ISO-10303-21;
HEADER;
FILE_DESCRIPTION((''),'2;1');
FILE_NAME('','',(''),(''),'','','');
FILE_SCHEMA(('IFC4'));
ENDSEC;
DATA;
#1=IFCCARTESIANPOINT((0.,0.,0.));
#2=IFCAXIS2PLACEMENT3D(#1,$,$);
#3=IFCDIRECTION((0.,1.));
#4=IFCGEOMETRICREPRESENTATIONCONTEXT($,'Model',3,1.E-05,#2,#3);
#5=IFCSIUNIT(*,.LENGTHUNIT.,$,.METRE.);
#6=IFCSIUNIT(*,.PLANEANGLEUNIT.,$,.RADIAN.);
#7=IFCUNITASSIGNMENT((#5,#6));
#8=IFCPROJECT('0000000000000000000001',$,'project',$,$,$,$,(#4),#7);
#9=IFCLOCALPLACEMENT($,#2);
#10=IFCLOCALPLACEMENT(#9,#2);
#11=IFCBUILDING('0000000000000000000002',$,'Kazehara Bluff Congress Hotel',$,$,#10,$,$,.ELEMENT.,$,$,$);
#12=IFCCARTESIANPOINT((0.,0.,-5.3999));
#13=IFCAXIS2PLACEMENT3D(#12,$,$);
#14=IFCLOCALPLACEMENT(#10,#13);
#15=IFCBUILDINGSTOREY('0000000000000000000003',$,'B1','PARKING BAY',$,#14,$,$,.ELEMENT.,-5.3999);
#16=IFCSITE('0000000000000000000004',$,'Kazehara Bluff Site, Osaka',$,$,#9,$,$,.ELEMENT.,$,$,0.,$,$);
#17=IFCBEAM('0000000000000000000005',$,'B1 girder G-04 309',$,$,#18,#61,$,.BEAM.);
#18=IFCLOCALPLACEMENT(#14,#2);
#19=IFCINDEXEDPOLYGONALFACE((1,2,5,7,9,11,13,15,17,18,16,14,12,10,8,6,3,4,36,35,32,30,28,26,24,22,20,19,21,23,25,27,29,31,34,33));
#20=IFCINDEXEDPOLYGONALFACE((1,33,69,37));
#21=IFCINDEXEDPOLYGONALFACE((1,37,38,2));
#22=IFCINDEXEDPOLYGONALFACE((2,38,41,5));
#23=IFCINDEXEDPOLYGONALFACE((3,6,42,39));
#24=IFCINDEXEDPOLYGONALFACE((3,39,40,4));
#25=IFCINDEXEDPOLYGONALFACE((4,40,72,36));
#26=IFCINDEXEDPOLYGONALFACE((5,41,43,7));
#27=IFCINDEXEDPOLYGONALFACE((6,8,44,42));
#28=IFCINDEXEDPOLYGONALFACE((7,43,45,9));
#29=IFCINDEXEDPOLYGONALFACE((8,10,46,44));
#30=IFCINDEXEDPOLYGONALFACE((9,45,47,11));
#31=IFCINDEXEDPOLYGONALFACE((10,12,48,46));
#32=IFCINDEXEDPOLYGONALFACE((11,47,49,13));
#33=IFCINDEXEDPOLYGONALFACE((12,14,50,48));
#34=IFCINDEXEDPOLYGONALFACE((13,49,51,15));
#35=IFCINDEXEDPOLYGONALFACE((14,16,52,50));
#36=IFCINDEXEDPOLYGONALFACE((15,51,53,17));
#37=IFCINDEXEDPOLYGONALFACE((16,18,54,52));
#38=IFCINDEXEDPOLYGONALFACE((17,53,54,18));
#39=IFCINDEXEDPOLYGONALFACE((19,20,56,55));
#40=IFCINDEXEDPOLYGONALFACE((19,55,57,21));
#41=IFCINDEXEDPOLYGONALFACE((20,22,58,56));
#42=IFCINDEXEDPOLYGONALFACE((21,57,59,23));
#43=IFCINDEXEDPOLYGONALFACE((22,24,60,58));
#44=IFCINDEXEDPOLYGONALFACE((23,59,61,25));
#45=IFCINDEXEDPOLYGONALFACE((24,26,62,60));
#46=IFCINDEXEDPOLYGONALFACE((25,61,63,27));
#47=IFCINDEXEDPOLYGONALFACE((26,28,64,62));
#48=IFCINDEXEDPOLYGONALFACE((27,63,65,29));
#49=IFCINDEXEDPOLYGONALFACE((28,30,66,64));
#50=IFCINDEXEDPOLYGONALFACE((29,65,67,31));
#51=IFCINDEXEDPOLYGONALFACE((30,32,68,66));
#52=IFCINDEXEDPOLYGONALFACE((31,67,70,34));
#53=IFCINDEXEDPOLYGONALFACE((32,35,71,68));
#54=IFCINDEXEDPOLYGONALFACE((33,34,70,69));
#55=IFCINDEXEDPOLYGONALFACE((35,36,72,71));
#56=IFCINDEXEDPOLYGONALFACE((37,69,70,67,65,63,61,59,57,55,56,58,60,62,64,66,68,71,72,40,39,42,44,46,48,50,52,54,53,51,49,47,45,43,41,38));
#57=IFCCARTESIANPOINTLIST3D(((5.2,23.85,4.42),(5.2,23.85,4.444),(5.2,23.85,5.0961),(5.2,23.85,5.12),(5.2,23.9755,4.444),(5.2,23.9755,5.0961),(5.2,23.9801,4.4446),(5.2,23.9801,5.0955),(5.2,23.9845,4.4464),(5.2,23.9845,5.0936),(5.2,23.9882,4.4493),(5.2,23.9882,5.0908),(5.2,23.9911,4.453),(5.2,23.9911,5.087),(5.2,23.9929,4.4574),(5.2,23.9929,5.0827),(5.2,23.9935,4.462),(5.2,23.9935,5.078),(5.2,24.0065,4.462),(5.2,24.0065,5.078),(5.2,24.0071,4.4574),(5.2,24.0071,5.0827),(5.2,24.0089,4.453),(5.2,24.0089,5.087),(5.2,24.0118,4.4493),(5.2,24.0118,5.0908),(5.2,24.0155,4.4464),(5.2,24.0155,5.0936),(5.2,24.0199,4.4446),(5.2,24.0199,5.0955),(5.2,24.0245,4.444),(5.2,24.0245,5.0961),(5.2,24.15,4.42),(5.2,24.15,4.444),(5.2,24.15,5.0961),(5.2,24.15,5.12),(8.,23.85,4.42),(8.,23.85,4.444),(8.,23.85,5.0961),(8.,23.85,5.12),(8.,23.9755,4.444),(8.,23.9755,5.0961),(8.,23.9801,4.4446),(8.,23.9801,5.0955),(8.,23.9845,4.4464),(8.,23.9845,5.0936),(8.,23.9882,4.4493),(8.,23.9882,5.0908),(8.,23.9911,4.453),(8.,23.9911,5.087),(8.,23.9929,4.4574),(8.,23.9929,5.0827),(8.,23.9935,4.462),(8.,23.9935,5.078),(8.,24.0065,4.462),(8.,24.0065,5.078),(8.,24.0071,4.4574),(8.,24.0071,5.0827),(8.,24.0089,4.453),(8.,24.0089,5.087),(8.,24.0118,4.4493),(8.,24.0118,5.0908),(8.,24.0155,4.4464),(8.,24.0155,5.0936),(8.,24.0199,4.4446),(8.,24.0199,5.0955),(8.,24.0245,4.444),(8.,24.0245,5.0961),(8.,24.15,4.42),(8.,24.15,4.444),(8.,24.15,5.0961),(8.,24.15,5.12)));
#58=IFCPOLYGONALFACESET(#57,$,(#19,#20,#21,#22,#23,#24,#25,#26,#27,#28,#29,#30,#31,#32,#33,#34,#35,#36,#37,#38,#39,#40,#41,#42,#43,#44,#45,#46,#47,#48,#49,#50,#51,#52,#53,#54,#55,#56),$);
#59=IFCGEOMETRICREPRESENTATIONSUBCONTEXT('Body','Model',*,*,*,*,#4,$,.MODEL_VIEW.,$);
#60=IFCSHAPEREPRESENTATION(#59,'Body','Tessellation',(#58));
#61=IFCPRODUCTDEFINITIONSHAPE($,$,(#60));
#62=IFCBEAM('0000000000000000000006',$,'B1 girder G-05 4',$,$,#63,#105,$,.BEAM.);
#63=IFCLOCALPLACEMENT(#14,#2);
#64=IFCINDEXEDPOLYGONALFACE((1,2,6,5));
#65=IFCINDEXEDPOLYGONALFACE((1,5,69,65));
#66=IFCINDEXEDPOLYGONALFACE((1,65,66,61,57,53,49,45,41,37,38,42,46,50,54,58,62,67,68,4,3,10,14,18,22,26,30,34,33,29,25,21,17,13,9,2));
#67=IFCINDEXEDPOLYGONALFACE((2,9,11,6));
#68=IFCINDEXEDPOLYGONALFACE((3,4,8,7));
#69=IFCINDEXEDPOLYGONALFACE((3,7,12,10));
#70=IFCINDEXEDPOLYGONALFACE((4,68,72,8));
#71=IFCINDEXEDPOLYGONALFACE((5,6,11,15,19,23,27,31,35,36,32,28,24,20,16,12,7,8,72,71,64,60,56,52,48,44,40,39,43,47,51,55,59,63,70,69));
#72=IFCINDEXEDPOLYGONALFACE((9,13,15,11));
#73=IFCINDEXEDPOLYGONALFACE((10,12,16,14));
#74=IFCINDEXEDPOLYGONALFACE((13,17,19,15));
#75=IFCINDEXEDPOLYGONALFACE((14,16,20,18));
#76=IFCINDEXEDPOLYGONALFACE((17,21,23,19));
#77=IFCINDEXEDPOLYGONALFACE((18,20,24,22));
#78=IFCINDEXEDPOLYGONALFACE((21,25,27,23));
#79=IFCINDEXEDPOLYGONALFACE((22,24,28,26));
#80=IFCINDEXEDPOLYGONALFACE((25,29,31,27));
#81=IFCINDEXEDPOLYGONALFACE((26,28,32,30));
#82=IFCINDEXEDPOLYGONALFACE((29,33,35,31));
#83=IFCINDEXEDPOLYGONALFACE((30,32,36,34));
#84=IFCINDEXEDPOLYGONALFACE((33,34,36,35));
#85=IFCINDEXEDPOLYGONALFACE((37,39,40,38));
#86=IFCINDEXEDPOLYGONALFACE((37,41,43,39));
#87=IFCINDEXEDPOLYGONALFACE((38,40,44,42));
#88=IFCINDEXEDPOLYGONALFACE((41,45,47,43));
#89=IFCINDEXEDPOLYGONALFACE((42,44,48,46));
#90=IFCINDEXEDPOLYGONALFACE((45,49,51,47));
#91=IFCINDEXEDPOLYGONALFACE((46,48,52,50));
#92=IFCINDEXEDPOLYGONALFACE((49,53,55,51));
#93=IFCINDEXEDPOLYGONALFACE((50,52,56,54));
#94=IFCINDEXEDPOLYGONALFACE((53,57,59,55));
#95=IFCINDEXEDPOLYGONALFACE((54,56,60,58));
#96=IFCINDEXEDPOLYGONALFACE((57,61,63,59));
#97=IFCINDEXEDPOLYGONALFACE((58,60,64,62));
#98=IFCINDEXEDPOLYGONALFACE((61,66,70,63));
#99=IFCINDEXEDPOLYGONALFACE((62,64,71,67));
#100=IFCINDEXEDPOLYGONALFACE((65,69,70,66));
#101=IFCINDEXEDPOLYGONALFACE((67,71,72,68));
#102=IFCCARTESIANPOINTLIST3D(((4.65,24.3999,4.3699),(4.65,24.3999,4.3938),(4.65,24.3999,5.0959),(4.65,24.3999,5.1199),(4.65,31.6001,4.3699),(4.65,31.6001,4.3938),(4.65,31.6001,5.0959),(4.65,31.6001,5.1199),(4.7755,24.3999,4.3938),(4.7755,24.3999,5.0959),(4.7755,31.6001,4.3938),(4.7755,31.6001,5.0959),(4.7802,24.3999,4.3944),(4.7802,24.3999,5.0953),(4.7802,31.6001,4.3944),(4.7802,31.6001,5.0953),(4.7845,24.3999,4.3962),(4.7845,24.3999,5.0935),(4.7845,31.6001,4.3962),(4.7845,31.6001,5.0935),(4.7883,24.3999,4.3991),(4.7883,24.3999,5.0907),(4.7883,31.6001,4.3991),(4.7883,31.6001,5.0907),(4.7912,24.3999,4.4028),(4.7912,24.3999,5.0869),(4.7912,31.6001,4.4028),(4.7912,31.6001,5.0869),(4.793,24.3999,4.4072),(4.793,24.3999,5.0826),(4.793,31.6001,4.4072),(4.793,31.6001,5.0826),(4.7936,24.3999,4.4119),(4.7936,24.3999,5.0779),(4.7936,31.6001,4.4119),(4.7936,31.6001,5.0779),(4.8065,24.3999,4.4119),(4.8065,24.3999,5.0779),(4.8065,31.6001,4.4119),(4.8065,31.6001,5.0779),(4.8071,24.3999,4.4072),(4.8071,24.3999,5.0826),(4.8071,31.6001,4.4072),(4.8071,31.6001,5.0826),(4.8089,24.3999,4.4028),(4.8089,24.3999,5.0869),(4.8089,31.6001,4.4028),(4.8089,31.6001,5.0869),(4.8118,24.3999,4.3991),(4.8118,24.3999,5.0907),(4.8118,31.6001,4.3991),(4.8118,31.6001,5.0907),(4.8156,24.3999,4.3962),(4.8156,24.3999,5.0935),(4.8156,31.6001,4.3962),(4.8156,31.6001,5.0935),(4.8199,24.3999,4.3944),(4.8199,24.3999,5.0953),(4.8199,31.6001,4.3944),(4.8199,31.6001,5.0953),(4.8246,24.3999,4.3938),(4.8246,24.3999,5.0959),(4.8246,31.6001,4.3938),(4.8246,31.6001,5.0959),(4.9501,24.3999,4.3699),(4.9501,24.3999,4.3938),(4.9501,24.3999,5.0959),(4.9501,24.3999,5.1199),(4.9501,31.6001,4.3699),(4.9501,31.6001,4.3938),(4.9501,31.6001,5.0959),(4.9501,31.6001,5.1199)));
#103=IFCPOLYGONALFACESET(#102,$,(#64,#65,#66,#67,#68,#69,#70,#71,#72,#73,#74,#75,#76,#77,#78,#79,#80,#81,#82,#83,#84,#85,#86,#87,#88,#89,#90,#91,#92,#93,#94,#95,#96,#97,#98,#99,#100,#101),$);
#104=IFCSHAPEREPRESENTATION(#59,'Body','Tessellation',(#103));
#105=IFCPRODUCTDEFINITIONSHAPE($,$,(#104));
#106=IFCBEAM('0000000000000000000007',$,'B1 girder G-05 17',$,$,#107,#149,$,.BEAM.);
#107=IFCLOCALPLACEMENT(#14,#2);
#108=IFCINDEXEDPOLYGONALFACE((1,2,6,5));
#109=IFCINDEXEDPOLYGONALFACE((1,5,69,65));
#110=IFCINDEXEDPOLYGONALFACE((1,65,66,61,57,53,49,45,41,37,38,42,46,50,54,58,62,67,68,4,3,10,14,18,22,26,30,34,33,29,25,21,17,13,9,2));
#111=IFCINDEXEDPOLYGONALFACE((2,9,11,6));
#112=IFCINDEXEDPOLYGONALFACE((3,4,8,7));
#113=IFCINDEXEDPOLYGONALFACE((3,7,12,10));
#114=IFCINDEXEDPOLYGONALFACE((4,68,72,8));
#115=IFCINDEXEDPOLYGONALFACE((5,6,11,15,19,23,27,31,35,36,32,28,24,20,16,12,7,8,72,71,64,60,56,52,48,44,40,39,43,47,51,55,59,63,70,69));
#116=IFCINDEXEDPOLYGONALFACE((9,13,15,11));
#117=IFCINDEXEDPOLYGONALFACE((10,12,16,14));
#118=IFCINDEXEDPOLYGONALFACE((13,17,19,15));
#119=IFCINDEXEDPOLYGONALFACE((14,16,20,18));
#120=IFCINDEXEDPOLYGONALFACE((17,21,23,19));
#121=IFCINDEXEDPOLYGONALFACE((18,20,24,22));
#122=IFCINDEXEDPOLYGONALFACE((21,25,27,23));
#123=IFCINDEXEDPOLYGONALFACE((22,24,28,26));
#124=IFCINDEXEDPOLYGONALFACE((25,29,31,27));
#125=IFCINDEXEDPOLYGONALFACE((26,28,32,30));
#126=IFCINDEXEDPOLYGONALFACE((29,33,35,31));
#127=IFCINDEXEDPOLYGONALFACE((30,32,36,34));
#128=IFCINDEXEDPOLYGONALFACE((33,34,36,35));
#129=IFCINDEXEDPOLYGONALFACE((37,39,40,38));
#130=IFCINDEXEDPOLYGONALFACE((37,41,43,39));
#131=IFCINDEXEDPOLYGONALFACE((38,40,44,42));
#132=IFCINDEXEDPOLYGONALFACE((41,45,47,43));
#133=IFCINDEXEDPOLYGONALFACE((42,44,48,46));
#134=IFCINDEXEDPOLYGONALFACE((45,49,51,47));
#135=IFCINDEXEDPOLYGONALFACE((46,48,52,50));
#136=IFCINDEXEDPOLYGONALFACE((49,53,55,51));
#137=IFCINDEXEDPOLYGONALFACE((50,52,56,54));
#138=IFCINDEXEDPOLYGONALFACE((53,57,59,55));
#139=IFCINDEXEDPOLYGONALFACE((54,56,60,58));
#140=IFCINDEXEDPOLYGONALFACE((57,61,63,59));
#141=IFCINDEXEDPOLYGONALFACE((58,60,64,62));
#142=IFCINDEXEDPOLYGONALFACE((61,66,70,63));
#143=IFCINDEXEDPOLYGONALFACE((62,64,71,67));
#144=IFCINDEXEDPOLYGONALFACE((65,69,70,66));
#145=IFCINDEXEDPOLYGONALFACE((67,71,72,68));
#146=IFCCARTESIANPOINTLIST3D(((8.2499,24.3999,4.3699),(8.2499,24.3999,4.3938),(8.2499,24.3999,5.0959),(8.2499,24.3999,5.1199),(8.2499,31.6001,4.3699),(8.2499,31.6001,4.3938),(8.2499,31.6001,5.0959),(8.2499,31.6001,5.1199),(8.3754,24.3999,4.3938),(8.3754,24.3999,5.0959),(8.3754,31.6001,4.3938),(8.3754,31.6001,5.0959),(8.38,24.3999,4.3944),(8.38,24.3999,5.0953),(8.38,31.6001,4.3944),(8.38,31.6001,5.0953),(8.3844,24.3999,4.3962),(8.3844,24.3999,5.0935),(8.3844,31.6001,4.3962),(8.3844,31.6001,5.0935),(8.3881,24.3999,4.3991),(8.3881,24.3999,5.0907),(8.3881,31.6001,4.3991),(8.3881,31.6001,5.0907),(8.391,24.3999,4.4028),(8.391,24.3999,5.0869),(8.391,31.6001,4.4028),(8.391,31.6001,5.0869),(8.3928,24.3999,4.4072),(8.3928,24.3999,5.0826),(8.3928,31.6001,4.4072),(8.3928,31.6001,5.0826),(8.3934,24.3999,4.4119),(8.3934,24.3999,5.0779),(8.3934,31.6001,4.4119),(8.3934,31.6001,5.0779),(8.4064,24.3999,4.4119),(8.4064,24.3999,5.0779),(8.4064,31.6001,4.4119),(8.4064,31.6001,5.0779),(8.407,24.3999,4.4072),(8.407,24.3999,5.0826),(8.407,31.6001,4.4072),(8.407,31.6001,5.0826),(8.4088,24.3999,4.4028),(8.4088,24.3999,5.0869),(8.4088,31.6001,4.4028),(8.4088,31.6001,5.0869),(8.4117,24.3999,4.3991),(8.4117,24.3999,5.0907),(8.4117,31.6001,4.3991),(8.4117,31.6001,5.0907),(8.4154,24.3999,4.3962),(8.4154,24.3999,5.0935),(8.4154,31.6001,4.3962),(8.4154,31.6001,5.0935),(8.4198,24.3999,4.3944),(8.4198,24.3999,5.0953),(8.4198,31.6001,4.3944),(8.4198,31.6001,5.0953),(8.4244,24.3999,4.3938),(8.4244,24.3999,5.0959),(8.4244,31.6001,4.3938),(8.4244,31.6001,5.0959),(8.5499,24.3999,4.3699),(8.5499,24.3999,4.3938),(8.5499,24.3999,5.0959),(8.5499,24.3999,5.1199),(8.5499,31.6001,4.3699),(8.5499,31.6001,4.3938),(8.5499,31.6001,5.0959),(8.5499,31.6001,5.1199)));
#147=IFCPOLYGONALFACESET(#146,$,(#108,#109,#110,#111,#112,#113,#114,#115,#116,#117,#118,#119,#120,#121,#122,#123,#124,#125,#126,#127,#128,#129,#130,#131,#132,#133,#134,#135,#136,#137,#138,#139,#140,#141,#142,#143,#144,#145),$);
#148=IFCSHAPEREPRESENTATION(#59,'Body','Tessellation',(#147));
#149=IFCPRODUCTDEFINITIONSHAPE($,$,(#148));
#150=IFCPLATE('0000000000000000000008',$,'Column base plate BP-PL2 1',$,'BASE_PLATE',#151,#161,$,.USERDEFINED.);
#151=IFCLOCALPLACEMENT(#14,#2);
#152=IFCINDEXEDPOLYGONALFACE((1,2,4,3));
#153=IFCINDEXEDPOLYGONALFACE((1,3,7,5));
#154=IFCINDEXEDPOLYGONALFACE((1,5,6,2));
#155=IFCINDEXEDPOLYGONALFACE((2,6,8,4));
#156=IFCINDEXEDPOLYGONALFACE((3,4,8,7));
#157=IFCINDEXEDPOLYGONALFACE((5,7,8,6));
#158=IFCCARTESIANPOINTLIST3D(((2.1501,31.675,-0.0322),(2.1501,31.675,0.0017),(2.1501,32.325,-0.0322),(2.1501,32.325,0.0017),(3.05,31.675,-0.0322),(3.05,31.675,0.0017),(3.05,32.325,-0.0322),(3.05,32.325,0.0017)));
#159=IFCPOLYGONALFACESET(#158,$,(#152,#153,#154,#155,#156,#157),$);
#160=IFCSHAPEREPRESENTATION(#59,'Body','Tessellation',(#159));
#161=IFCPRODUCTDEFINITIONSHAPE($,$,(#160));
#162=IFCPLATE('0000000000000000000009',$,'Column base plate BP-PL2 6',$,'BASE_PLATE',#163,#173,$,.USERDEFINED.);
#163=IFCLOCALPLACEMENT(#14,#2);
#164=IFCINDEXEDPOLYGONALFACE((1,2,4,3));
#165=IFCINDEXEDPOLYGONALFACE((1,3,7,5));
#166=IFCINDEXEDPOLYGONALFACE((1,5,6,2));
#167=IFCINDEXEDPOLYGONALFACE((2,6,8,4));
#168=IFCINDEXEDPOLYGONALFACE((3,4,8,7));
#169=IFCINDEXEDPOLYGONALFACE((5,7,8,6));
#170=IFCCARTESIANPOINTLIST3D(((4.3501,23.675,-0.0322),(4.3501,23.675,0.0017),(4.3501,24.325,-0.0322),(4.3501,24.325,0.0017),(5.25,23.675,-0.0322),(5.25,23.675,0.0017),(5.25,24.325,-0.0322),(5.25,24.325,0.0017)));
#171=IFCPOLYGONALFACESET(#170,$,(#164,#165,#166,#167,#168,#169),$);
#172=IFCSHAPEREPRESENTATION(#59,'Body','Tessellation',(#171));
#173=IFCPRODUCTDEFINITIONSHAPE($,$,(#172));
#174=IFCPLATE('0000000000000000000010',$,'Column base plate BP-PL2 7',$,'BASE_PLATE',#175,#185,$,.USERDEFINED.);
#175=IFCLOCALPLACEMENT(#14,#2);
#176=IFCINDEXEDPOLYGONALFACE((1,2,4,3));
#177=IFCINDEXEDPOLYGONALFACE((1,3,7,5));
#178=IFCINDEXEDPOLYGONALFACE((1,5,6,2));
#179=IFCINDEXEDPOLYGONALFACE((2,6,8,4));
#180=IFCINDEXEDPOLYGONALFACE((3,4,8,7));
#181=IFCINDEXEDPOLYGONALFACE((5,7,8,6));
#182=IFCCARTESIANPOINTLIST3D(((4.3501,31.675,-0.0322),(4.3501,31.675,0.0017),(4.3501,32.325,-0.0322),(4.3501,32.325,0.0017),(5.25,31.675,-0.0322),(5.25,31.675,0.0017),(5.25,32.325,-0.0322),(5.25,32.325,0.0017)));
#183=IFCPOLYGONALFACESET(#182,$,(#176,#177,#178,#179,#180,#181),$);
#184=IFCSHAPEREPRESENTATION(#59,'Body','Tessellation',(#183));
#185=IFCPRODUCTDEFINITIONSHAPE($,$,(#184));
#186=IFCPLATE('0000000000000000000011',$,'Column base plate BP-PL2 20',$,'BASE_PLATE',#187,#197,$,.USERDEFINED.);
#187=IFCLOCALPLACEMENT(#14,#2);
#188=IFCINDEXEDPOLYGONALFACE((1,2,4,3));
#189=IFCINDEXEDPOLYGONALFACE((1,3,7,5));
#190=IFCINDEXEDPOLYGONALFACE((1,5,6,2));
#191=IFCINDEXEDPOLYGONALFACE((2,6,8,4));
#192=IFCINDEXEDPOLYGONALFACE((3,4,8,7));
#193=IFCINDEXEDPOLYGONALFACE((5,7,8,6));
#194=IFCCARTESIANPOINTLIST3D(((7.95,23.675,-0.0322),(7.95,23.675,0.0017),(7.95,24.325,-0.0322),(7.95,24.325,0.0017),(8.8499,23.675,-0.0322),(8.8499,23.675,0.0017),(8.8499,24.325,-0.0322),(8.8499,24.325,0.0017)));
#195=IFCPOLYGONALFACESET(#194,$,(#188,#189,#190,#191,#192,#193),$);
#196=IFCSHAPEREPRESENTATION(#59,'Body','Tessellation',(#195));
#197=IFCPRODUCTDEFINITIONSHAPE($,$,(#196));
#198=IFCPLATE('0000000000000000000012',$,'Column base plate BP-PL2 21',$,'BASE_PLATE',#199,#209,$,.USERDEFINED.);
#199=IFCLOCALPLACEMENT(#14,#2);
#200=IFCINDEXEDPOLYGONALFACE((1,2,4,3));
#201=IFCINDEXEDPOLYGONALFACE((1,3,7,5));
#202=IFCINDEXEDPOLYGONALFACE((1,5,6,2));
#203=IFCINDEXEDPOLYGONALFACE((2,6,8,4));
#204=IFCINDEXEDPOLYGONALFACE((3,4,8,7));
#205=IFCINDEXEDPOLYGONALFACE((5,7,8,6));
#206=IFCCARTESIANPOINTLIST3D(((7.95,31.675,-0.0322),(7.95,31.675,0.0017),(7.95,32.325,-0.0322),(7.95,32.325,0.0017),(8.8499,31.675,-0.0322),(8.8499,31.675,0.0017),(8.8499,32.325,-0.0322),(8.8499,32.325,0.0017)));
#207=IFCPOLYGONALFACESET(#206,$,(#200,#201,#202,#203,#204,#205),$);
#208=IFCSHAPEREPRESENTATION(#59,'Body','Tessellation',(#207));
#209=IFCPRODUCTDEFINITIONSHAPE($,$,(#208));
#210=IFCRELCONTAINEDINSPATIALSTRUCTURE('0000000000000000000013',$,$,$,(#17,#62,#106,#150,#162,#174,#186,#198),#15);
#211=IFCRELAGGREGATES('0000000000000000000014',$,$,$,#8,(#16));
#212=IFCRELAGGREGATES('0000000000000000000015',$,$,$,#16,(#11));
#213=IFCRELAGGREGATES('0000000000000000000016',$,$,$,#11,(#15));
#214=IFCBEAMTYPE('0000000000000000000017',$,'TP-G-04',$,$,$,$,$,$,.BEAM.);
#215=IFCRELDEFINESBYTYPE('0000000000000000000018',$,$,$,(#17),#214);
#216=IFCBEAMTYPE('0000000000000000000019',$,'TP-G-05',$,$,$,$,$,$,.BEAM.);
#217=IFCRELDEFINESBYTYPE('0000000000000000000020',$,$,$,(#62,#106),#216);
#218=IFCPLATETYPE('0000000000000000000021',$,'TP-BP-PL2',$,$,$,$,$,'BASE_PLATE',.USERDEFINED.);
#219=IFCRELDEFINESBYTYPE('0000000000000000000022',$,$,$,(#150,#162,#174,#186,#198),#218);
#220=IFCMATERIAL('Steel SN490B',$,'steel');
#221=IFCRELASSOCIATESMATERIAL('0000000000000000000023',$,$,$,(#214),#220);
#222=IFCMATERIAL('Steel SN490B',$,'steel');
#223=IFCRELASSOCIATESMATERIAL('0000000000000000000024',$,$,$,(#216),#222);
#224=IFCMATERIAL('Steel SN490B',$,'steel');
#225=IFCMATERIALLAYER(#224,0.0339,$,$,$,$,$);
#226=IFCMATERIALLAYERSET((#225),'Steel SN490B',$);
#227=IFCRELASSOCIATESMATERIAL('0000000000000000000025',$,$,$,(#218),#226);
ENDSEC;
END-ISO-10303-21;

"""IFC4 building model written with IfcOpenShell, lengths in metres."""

from ifc_helpers import new_model, si_unit, direction, frame, origin, origin_2d, place, context, subcontext, project, spatial, rectangle, i_section, extrude, material, layer, layer_set, material_profile, profile_set, type_object, element, save


model = new_model("IFC4")

# Units and contexts
model_context = context("Model", 3, precision=1e-05, world=origin(), true_north=direction((0.0, 1.0)))
body_context = subcontext(model_context, "Body", "Model", "MODEL_VIEW")
ifc_project = project(units=[si_unit("LENGTHUNIT", "METRE"), si_unit("PLANEANGLEUNIT", "RADIAN")], contexts=[model_context])

# Site, building, storey
site_placement = place(None, origin())
site = spatial("IfcSite", under=ifc_project, at=site_placement, Name="Kazehara Bluff Site, Osaka", CompositionType="ELEMENT", RefElevation=0.0)
building_placement = place(site_placement, origin())
building = spatial("IfcBuilding", under=site, at=building_placement, Name="Kazehara Bluff Congress Hotel", CompositionType="ELEMENT")
storey_placement = place(building_placement, frame((0.0, 0.0, -5.3999)))
storey = spatial("IfcBuildingStorey", under=building, at=storey_placement, Name="B1", Description="PARKING BAY", CompositionType="ELEMENT", Elevation=-5.3999)

# Beams
ifc_material_1 = material(Name="Steel SN490B", Category="steel")
ifc_material_profile_1 = material_profile(ifc_material_1, i_section(OverallWidth=0.3, OverallDepth=0.7, WebThickness=0.0129, FlangeThickness=0.0239, FilletRadius=0.0181, at=origin_2d()))
ifc_profile_set_1 = profile_set([ifc_material_profile_1], Name="Steel SN490B")
beam_type_1 = type_object("IfcBeamType", Name="TP-G-04", PredefinedType="BEAM", material=ifc_profile_set_1)
beam_placement = place(storey_placement, frame((5.2, 24.0, 4.77), z_axis=(1.0, 0.0, 0.0), x_axis=(0.0, 1.0, 0.0)))
element("IfcBeam", 1, at=beam_placement, inside=storey, type_object=beam_type_1, Name="B1 girder G-04 309", PredefinedType="BEAM", context=body_context, shape_type="SweptSolid", body=[
    extrude(i_section(OverallWidth=0.3, OverallDepth=0.7, WebThickness=0.0129, FlangeThickness=0.0239, FilletRadius=0.0181, at=origin_2d()), origin(), (0.0, 0.0, 1.0), 2.8),
])
ifc_material_2 = material(Name="Steel SN490B", Category="steel")
ifc_material_profile_2 = material_profile(ifc_material_2, i_section(OverallWidth=0.3, OverallDepth=0.75, WebThickness=0.0129, FlangeThickness=0.0239, FilletRadius=0.0181, at=origin_2d()))
ifc_profile_set_2 = profile_set([ifc_material_profile_2], Name="Steel SN490B")
beam_type_2 = type_object("IfcBeamType", Name="TP-G-05", PredefinedType="BEAM", material=ifc_profile_set_2)
for number, where, z_axis, x_axis, name in (
    (2, (4.8, 24.3999, 4.7449), (0.0, 1.0, 0.0), (-1.0, 0.0, 0.0), "B1 girder G-05 4"),
    (3, (8.3999, 24.3999, 4.7449), (0.0, 1.0, 0.0), (-1.0, 0.0, 0.0), "B1 girder G-05 17"),
):
    element("IfcBeam", number, at=place(storey_placement, frame(where, z_axis=z_axis, x_axis=x_axis)), inside=storey, type_object=beam_type_2, Name=name, PredefinedType="BEAM", context=body_context, shape_type="SweptSolid", body=[
        extrude(i_section(OverallWidth=0.3, OverallDepth=0.75, WebThickness=0.0129, FlangeThickness=0.0239, FilletRadius=0.0181, at=origin_2d()), origin(), (0.0, 0.0, 1.0), 7.2002),
    ])

# Plates
ifc_material_3 = material(Name="Steel SN490B", Category="steel")
ifc_layer_1 = layer(ifc_material_3, 0.0339)
ifc_layer_set_1 = layer_set([ifc_layer_1], Name="Steel SN490B")
plate_type = type_object("IfcPlateType", Name="TP-BP-PL2", ElementType="BASE_PLATE", PredefinedType="USERDEFINED", material=ifc_layer_set_1)
for number, where, z_axis, x_axis, name in (
    (4, (2.6001, 32.0, -0.0322), (0.0, 0.0, 1.0), (1.0, 0.0, 0.0), "Column base plate BP-PL2 1"),
    (5, (4.8, 24.0, -0.0322), (0.0, 0.0, 1.0), (1.0, 0.0, 0.0), "Column base plate BP-PL2 6"),
    (6, (4.8, 32.0, -0.0322), (0.0, 0.0, 1.0), (1.0, 0.0, 0.0), "Column base plate BP-PL2 7"),
    (7, (8.3999, 24.0, -0.0322), (0.0, 0.0, 1.0), (1.0, 0.0, 0.0), "Column base plate BP-PL2 20"),
    (8, (8.3999, 32.0, -0.0322), (0.0, 0.0, 1.0), (1.0, 0.0, 0.0), "Column base plate BP-PL2 21"),
):
    element("IfcPlate", number, at=place(storey_placement, frame(where, z_axis=z_axis, x_axis=x_axis)), inside=storey, type_object=plate_type, Name=name, ObjectType="BASE_PLATE", PredefinedType="USERDEFINED", context=body_context, shape_type="SweptSolid", body=[
        extrude(rectangle(XDim=0.8999, YDim=0.6499, at=origin_2d()), origin(), (0.0, 0.0, 1.0), 0.0339),
    ])

save(model, "model.ifc")
